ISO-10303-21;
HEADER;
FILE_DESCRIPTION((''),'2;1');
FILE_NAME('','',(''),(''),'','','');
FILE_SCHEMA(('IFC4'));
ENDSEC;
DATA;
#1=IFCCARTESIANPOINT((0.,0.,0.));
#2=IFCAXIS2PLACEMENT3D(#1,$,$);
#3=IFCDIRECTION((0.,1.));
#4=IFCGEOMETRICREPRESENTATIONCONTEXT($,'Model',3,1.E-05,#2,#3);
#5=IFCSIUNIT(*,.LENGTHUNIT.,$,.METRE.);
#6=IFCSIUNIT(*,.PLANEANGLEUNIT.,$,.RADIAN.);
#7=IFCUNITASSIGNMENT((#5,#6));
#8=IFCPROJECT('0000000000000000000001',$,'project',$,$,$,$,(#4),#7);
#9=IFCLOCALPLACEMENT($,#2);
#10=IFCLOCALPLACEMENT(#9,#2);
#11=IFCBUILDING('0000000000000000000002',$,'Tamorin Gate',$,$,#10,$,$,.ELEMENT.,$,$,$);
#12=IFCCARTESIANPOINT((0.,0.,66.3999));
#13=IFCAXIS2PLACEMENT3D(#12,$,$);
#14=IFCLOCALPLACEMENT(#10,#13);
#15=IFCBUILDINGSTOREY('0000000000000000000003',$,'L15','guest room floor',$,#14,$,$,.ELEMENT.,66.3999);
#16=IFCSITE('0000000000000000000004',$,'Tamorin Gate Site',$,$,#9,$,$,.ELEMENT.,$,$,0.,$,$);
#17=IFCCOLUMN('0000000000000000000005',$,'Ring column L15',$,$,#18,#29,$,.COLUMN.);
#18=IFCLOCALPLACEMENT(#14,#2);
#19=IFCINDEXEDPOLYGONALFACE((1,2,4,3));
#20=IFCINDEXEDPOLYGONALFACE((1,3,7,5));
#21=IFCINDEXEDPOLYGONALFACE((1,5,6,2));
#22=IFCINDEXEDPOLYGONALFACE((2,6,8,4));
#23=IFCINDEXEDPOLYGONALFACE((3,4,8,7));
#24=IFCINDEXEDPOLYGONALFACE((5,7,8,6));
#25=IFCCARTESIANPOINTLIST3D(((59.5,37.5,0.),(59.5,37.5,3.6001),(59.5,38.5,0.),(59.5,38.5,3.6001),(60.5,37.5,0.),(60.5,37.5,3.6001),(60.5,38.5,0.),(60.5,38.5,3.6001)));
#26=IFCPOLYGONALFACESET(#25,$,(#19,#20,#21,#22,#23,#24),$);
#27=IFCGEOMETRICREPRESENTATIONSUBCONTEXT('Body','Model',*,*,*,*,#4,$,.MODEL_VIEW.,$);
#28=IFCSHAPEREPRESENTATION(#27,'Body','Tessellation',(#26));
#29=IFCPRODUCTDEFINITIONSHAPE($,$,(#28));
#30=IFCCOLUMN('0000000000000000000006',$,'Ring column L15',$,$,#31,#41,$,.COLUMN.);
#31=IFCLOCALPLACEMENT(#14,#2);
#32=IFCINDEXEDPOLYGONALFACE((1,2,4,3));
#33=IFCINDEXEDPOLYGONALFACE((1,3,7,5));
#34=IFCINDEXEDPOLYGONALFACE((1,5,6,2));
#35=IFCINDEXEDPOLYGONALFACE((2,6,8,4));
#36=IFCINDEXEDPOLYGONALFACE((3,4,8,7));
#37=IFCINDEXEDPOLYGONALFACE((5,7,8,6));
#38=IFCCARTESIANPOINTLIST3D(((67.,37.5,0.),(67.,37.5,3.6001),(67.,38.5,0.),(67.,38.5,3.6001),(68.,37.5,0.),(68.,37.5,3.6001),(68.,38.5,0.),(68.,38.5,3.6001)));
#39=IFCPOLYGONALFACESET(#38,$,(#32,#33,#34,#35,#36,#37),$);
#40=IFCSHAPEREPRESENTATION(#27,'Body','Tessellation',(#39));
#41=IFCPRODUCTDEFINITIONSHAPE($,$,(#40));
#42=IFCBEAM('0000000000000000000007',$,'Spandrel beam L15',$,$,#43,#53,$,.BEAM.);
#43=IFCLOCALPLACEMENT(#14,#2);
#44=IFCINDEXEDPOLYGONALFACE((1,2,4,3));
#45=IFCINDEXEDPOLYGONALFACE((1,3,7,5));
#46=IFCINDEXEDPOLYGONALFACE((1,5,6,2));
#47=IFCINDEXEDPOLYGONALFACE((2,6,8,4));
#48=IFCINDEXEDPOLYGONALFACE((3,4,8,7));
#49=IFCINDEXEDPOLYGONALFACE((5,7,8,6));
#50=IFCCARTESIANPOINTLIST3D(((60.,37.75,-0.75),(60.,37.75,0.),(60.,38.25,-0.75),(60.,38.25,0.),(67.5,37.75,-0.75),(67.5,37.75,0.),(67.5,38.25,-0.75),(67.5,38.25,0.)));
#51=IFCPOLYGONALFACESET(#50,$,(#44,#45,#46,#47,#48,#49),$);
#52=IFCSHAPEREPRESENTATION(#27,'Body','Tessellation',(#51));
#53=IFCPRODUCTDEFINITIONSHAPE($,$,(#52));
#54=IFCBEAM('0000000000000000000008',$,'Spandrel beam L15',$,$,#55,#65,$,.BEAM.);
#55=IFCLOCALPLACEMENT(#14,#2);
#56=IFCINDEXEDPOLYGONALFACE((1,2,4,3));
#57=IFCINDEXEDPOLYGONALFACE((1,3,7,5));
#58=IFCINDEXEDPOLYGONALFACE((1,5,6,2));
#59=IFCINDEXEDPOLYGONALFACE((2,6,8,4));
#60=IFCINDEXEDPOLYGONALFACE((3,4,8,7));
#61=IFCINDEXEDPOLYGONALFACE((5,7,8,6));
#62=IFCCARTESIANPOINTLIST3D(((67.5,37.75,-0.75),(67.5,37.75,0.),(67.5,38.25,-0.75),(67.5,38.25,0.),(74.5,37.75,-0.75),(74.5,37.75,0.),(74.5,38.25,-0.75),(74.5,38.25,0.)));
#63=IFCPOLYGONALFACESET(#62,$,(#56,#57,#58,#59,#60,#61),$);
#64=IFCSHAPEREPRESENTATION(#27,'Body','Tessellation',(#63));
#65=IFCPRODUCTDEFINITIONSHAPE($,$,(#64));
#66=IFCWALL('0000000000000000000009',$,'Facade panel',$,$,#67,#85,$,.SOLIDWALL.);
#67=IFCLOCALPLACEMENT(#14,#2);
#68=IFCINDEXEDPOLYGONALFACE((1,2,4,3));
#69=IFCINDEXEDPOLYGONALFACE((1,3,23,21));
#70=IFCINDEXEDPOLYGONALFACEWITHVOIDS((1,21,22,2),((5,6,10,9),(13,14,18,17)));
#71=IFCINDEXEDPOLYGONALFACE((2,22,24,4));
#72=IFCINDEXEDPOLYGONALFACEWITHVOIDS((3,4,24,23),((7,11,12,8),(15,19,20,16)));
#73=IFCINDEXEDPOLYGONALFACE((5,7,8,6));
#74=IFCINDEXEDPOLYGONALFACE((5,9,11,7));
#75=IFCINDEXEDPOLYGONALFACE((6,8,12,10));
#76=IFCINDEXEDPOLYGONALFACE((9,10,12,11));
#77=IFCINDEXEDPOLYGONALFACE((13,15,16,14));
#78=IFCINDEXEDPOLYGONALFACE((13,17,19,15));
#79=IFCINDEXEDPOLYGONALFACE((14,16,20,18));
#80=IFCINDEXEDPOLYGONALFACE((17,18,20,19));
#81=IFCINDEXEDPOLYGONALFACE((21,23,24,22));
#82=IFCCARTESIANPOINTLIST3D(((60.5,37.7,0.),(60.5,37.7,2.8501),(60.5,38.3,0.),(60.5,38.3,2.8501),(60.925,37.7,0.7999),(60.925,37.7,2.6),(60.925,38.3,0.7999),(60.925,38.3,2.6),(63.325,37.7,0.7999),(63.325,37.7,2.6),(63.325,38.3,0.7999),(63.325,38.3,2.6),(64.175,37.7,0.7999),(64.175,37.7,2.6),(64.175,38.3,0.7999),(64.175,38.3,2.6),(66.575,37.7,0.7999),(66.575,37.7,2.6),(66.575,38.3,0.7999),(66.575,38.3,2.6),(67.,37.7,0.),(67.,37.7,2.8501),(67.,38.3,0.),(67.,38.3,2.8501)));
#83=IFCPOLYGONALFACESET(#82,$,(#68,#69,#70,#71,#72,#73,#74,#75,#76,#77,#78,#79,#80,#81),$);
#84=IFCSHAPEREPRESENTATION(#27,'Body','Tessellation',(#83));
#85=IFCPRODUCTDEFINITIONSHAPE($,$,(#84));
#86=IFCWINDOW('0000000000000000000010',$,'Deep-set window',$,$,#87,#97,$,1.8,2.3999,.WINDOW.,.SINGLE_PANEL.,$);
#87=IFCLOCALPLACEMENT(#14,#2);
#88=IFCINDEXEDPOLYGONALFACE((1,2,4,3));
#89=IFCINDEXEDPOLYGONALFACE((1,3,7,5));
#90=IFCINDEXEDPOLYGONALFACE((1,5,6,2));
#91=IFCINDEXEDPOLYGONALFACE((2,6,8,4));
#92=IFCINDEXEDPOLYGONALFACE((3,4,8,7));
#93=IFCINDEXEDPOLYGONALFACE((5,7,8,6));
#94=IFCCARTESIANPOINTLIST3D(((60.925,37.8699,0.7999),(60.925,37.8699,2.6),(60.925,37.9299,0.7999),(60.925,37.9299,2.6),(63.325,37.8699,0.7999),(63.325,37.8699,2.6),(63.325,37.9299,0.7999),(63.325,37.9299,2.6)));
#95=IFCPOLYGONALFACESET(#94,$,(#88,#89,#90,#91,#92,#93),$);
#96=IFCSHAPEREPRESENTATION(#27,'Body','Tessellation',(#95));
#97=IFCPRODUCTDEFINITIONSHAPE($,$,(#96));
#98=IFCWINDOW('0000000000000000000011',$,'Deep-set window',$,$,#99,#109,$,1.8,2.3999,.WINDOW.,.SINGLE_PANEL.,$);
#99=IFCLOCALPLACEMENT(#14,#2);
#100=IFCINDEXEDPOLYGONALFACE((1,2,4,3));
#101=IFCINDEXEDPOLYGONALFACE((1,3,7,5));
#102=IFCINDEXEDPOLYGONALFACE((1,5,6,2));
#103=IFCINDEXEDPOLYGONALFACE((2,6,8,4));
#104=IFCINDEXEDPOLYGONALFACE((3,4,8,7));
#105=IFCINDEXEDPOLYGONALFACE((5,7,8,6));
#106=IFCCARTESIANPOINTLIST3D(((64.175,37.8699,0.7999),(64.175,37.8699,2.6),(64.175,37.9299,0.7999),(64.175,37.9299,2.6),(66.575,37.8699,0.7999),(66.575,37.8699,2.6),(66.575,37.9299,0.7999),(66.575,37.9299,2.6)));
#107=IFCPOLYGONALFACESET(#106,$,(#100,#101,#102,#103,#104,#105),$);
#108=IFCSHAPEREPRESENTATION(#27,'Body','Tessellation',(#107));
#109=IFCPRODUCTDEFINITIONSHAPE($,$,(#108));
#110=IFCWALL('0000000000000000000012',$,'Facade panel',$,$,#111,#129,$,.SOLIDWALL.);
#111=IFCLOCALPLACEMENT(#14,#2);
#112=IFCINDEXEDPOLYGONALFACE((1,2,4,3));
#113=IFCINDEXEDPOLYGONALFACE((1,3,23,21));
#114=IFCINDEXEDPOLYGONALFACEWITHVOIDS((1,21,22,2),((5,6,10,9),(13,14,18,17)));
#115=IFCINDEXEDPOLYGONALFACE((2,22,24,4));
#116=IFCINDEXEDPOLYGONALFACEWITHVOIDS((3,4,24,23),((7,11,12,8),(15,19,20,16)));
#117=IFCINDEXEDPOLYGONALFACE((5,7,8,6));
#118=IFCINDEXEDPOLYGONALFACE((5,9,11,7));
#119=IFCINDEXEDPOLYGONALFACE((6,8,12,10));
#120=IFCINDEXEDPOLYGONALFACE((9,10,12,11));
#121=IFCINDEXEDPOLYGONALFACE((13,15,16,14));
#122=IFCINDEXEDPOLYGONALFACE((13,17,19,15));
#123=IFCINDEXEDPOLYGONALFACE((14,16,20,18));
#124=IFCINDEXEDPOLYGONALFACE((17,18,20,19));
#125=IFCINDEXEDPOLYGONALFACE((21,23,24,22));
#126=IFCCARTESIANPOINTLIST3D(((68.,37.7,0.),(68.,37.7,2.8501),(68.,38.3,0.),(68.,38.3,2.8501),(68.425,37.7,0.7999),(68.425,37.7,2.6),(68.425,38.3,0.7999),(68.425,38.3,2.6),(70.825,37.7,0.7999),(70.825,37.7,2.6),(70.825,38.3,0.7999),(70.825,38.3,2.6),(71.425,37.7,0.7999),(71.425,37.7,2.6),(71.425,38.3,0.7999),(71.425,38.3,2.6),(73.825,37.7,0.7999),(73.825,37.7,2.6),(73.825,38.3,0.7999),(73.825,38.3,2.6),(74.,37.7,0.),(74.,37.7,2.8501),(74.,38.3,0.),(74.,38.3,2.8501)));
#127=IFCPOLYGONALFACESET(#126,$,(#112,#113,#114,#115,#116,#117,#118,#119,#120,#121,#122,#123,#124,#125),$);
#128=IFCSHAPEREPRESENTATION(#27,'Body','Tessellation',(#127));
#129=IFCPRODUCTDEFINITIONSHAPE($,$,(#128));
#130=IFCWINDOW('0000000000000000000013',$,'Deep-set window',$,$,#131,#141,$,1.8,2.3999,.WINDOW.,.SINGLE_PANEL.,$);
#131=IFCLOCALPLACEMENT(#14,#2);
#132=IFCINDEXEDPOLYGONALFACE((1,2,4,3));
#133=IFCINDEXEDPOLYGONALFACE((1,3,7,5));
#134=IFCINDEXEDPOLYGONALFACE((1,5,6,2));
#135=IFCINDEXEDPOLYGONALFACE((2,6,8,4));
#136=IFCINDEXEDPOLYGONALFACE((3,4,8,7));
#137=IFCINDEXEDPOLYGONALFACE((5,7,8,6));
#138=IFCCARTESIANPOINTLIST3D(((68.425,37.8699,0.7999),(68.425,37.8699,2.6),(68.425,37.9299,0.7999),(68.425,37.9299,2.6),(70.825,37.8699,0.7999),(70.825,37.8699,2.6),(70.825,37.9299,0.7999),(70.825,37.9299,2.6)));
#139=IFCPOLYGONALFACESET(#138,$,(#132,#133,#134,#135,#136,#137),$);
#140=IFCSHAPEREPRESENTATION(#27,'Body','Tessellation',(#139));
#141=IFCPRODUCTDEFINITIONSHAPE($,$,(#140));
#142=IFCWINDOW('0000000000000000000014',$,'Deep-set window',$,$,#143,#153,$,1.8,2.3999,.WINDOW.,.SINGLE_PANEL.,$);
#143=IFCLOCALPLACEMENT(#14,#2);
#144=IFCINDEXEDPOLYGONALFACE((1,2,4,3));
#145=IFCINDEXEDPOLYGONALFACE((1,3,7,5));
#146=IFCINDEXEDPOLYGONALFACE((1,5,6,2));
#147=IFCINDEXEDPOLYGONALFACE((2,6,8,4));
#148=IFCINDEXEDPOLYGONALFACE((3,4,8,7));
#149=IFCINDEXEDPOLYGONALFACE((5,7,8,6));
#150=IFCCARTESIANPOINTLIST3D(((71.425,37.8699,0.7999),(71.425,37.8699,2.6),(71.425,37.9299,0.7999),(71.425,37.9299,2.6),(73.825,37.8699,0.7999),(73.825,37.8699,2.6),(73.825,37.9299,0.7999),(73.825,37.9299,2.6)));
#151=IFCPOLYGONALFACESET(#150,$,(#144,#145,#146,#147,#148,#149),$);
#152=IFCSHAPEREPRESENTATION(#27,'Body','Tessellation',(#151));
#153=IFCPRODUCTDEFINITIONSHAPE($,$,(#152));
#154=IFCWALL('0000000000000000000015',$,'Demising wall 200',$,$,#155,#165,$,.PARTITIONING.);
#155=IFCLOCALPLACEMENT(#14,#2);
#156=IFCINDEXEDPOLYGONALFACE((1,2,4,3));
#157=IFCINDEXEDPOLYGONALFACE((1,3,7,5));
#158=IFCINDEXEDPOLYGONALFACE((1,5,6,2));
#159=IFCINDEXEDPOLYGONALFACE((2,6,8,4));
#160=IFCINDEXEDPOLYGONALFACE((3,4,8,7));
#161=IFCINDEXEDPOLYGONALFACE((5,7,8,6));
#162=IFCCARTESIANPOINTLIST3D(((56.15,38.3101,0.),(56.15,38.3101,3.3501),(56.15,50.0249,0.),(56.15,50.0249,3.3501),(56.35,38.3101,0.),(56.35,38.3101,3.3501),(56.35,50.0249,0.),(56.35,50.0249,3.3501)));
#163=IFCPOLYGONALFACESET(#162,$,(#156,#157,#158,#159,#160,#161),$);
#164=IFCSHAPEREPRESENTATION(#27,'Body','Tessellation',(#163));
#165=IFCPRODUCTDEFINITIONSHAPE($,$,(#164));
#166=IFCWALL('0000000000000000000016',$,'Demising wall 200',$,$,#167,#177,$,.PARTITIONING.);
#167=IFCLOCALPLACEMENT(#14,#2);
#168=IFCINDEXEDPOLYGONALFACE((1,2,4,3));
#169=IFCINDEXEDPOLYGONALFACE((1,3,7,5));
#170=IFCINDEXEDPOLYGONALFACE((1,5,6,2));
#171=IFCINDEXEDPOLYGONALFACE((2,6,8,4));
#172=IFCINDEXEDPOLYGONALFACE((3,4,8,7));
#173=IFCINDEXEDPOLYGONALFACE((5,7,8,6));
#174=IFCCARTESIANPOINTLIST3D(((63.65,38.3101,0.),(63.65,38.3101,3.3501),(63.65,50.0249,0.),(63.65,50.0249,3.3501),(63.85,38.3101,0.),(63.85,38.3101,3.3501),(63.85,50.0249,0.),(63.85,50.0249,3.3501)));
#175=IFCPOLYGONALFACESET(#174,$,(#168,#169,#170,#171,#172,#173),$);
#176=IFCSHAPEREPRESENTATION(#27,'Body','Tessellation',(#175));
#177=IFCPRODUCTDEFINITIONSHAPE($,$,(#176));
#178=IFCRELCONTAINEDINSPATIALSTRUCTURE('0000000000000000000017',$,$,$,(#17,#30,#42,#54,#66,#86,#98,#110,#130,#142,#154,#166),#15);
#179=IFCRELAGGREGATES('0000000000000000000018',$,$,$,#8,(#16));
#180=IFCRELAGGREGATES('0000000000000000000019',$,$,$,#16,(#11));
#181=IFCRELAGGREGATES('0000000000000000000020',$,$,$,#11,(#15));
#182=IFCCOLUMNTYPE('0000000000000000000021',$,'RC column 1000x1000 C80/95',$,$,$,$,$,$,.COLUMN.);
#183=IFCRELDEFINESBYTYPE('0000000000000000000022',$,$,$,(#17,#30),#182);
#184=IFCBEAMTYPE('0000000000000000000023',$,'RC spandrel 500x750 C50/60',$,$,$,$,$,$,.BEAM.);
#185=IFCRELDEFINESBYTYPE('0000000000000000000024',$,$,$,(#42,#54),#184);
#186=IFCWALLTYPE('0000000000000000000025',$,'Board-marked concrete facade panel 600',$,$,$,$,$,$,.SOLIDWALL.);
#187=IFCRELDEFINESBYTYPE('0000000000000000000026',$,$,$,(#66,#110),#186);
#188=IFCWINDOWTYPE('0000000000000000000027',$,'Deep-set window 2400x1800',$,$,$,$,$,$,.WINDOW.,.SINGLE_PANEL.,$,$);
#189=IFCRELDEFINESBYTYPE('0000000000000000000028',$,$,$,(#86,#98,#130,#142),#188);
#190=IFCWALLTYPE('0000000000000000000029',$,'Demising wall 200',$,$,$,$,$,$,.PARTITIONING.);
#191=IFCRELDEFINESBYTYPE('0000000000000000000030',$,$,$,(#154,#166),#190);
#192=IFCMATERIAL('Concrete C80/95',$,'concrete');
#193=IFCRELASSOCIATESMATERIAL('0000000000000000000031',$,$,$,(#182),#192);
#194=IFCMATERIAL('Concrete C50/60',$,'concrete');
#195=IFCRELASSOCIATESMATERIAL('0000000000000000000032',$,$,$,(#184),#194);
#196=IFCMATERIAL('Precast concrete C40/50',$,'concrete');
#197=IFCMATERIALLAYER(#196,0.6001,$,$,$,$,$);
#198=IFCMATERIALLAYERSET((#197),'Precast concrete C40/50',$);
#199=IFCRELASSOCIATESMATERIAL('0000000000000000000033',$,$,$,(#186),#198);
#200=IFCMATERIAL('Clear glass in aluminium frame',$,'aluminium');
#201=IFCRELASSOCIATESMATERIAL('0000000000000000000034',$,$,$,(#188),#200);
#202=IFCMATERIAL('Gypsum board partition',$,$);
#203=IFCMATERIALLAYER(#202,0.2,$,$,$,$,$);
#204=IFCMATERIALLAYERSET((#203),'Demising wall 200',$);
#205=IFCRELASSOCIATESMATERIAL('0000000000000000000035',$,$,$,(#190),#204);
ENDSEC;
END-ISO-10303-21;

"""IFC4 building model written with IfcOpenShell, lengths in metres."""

from ifc_helpers import new_model, si_unit, direction, frame, frame_2d, origin, origin_2d, place, context, subcontext, project, spatial, rectangle, extrude, material, layer, layer_set, material_profile, profile_set, type_object, element, fill, save


model = new_model("IFC4")

# Units and contexts
model_context = context("Model", 3, precision=1e-05, world=origin(), true_north=direction((0.0, 1.0)))
body_context = subcontext(model_context, "Body", "Model", "MODEL_VIEW")
ifc_project = project(units=[si_unit("LENGTHUNIT", "METRE"), si_unit("PLANEANGLEUNIT", "RADIAN")], contexts=[model_context])

# Site, building, storey
site_placement = place(None, origin())
site = spatial("IfcSite", under=ifc_project, at=site_placement, Name="Tamorin Gate Site", CompositionType="ELEMENT", RefElevation=0.0)
building_placement = place(site_placement, origin())
building = spatial("IfcBuilding", under=site, at=building_placement, Name="Tamorin Gate", CompositionType="ELEMENT")
storey_placement = place(building_placement, frame((0.0, 0.0, 66.3999)))
storey = spatial("IfcBuildingStorey", under=building, at=storey_placement, Name="L15", Description="guest room floor", CompositionType="ELEMENT", Elevation=66.3999)

# Columns
ifc_material_1 = material(Name="Concrete C80/95", Category="concrete")
ifc_material_profile_1 = material_profile(ifc_material_1, rectangle(XDim=1.0, YDim=1.0, at=origin_2d()), Name="RC 1000x1000")
ifc_profile_set_1 = profile_set([ifc_material_profile_1], Name="Concrete C80/95")
column_type = type_object("IfcColumnType", Name="RC column 1000x1000 C80/95", PredefinedType="COLUMN", material=ifc_profile_set_1)
for number, where, z_axis, x_axis, name in (
    (1, (60.0, 38.0, 0.0), (0.0, 0.0, 1.0), (1.0, 0.0, 0.0), "Ring column L15"),
    (2, (67.5, 38.0, 0.0), (0.0, 0.0, 1.0), (1.0, 0.0, 0.0), "Ring column L15"),
):
    element("IfcColumn", number, at=place(storey_placement, frame(where, z_axis=z_axis, x_axis=x_axis)), inside=storey, type_object=column_type, Name=name, PredefinedType="COLUMN", context=body_context, shape_type="SweptSolid", body=[
        extrude(rectangle(XDim=1.0, YDim=1.0, at=origin_2d()), origin(), (0.0, 0.0, 1.0), 3.6001),
    ])

# Beams
ifc_material_2 = material(Name="Concrete C50/60", Category="concrete")
ifc_material_profile_2 = material_profile(ifc_material_2, rectangle(XDim=0.5, YDim=0.75, at=origin_2d()), Name="RC 500x750")
ifc_profile_set_2 = profile_set([ifc_material_profile_2], Name="Concrete C50/60")
beam_type = type_object("IfcBeamType", Name="RC spandrel 500x750 C50/60", PredefinedType="BEAM", material=ifc_profile_set_2)
beam_1_placement = place(storey_placement, frame((60.0, 38.0, -0.375), z_axis=(1.0, 0.0, 0.0), x_axis=(0.0, 1.0, 0.0)))
element("IfcBeam", 3, at=beam_1_placement, inside=storey, type_object=beam_type, Name="Spandrel beam L15", PredefinedType="BEAM", context=body_context, shape_type="SweptSolid", body=[
    extrude(rectangle(XDim=0.5, YDim=0.75, at=origin_2d()), origin(), (0.0, 0.0, 1.0), 7.5),
])
beam_2_placement = place(storey_placement, frame((67.5, 38.0, -0.375), z_axis=(1.0, 0.0, 0.0), x_axis=(0.0, 1.0, 0.0)))
element("IfcBeam", 4, at=beam_2_placement, inside=storey, type_object=beam_type, Name="Spandrel beam L15", PredefinedType="BEAM", context=body_context, shape_type="SweptSolid", body=[
    extrude(rectangle(XDim=0.5, YDim=0.75, at=origin_2d()), origin(), (0.0, 0.0, 1.0), 7.0),
])

# Walls, openings, windows
ifc_material_3 = material(Name="Precast concrete C40/50", Category="concrete")
ifc_layer_1 = layer(ifc_material_3, 0.6001)
ifc_layer_set_1 = layer_set([ifc_layer_1], Name="Precast concrete C40/50")
wall_type_1 = type_object("IfcWallType", Name="Board-marked concrete facade panel 600", PredefinedType="SOLIDWALL", material=ifc_layer_set_1)
wall_1_placement = place(storey_placement, frame((60.5, 38.0, 0.0), z_axis=(0.0, 0.0, 1.0), x_axis=(1.0, 0.0, 0.0)))
wall_1 = element("IfcWall", 5, at=wall_1_placement, inside=storey, type_object=wall_type_1, Name="Facade panel", PredefinedType="SOLIDWALL", context=body_context, shape_type="SweptSolid", body=[
    extrude(rectangle(XDim=6.5, YDim=0.6001, at=frame_2d((3.25, 0.0))), origin(), (0.0, 0.0, 1.0), 2.8501),
])
opening_1_placement = place(wall_1_placement, frame((0.425, 0.0, 0.8)))
opening_1 = element("IfcOpeningElement", 6, at=opening_1_placement, cuts=wall_1, PredefinedType="OPENING", context=body_context, shape_type="SweptSolid", body=[
    extrude(rectangle(XDim=2.3999, YDim=1.8, at=frame_2d((1.2, 0.8999))), frame((0.0, 0.3101, 0.0), z_axis=(0.0, -1.0, 0.0), x_axis=(1.0, 0.0, 0.0)), (0.0, 0.0, 1.0), 0.6201),
])
opening_2_placement = place(wall_1_placement, frame((3.675, 0.0, 0.8)))
opening_2 = element("IfcOpeningElement", 7, at=opening_2_placement, cuts=wall_1, PredefinedType="OPENING", context=body_context, shape_type="SweptSolid", body=[
    extrude(rectangle(XDim=2.3999, YDim=1.8, at=frame_2d((1.2, 0.8999))), frame((0.0, 0.3101, 0.0), z_axis=(0.0, -1.0, 0.0), x_axis=(1.0, 0.0, 0.0)), (0.0, 0.0, 1.0), 0.6201),
])
ifc_material_4 = material(Name="Clear glass in aluminium frame", Category="aluminium")
window_type = type_object("IfcWindowType", Name="Deep-set window 2400x1800", PartitioningType="SINGLE_PANEL", PredefinedType="WINDOW", material=ifc_material_4)
window_1_placement = place(opening_1_placement, origin())
window_1 = element("IfcWindow", 8, at=window_1_placement, inside=storey, type_object=window_type, Name="Deep-set window", OverallHeight=1.8, OverallWidth=2.3999, PartitioningType="SINGLE_PANEL", PredefinedType="WINDOW", context=body_context, shape_type="SweptSolid", body=[
    extrude(rectangle(XDim=2.3999, YDim=1.8, at=frame_2d((1.2, 0.8999))), frame((0.0, -0.0701, 0.0), z_axis=(0.0, -1.0, 0.0), x_axis=(1.0, 0.0, 0.0)), (0.0, 0.0, 1.0), 0.0601),
])
fill(opening_1, window_1)
window_2_placement = place(opening_2_placement, origin())
window_2 = element("IfcWindow", 9, at=window_2_placement, inside=storey, type_object=window_type, Name="Deep-set window", OverallHeight=1.8, OverallWidth=2.3999, PartitioningType="SINGLE_PANEL", PredefinedType="WINDOW", context=body_context, shape_type="SweptSolid", body=[
    extrude(rectangle(XDim=2.3999, YDim=1.8, at=frame_2d((1.2, 0.8999))), frame((0.0, -0.0701, 0.0), z_axis=(0.0, -1.0, 0.0), x_axis=(1.0, 0.0, 0.0)), (0.0, 0.0, 1.0), 0.0601),
])
fill(opening_2, window_2)
wall_2_placement = place(storey_placement, frame((68.0, 38.0, 0.0), z_axis=(0.0, 0.0, 1.0), x_axis=(1.0, 0.0, 0.0)))
wall_2 = element("IfcWall", 10, at=wall_2_placement, inside=storey, type_object=wall_type_1, Name="Facade panel", PredefinedType="SOLIDWALL", context=body_context, shape_type="SweptSolid", body=[
    extrude(rectangle(XDim=6.0, YDim=0.6001, at=frame_2d((3.0, 0.0))), origin(), (0.0, 0.0, 1.0), 2.8501),
])
opening_3_placement = place(wall_2_placement, frame((0.425, 0.0, 0.8)))
opening_3 = element("IfcOpeningElement", 11, at=opening_3_placement, cuts=wall_2, PredefinedType="OPENING", context=body_context, shape_type="SweptSolid", body=[
    extrude(rectangle(XDim=2.3999, YDim=1.8, at=frame_2d((1.2, 0.8999))), frame((0.0, 0.3101, 0.0), z_axis=(0.0, -1.0, 0.0), x_axis=(1.0, 0.0, 0.0)), (0.0, 0.0, 1.0), 0.6201),
])
opening_4_placement = place(wall_2_placement, frame((3.425, 0.0, 0.8)))
opening_4 = element("IfcOpeningElement", 12, at=opening_4_placement, cuts=wall_2, PredefinedType="OPENING", context=body_context, shape_type="SweptSolid", body=[
    extrude(rectangle(XDim=2.3999, YDim=1.8, at=frame_2d((1.2, 0.8999))), frame((0.0, 0.3101, 0.0), z_axis=(0.0, -1.0, 0.0), x_axis=(1.0, 0.0, 0.0)), (0.0, 0.0, 1.0), 0.6201),
])
window_3_placement = place(opening_3_placement, origin())
window_3 = element("IfcWindow", 13, at=window_3_placement, inside=storey, type_object=window_type, Name="Deep-set window", OverallHeight=1.8, OverallWidth=2.3999, PartitioningType="SINGLE_PANEL", PredefinedType="WINDOW", context=body_context, shape_type="SweptSolid", body=[
    extrude(rectangle(XDim=2.3999, YDim=1.8, at=frame_2d((1.2, 0.8999))), frame((0.0, -0.0701, 0.0), z_axis=(0.0, -1.0, 0.0), x_axis=(1.0, 0.0, 0.0)), (0.0, 0.0, 1.0), 0.0601),
])
fill(opening_3, window_3)
window_4_placement = place(opening_4_placement, origin())
window_4 = element("IfcWindow", 14, at=window_4_placement, inside=storey, type_object=window_type, Name="Deep-set window", OverallHeight=1.8, OverallWidth=2.3999, PartitioningType="SINGLE_PANEL", PredefinedType="WINDOW", context=body_context, shape_type="SweptSolid", body=[
    extrude(rectangle(XDim=2.3999, YDim=1.8, at=frame_2d((1.2, 0.8999))), frame((0.0, -0.0701, 0.0), z_axis=(0.0, -1.0, 0.0), x_axis=(1.0, 0.0, 0.0)), (0.0, 0.0, 1.0), 0.0601),
])
fill(opening_4, window_4)

# Walls
ifc_material_5 = material(Name="Gypsum board partition")
ifc_layer_2 = layer(ifc_material_5, 0.2)
ifc_layer_set_2 = layer_set([ifc_layer_2], Name="Demising wall 200")
wall_type_2 = type_object("IfcWallType", Name="Demising wall 200", PredefinedType="PARTITIONING", material=ifc_layer_set_2)
for number, where, z_axis, x_axis, name in (
    (15, (56.25, 38.3101, 0.0), (0.0, 0.0, 1.0), (0.0, 1.0, 0.0), "Demising wall 200"),
    (16, (63.75, 38.3101, 0.0), (0.0, 0.0, 1.0), (0.0, 1.0, 0.0), "Demising wall 200"),
):
    element("IfcWall", number, at=place(storey_placement, frame(where, z_axis=z_axis, x_axis=x_axis)), inside=storey, type_object=wall_type_2, Name=name, PredefinedType="PARTITIONING", context=body_context, shape_type="SweptSolid", body=[
        extrude(rectangle(XDim=11.7148, YDim=0.2, at=frame_2d((5.8574, 0.0))), origin(), (0.0, 0.0, 1.0), 3.3501),
    ])

save(model, "model.ifc")
